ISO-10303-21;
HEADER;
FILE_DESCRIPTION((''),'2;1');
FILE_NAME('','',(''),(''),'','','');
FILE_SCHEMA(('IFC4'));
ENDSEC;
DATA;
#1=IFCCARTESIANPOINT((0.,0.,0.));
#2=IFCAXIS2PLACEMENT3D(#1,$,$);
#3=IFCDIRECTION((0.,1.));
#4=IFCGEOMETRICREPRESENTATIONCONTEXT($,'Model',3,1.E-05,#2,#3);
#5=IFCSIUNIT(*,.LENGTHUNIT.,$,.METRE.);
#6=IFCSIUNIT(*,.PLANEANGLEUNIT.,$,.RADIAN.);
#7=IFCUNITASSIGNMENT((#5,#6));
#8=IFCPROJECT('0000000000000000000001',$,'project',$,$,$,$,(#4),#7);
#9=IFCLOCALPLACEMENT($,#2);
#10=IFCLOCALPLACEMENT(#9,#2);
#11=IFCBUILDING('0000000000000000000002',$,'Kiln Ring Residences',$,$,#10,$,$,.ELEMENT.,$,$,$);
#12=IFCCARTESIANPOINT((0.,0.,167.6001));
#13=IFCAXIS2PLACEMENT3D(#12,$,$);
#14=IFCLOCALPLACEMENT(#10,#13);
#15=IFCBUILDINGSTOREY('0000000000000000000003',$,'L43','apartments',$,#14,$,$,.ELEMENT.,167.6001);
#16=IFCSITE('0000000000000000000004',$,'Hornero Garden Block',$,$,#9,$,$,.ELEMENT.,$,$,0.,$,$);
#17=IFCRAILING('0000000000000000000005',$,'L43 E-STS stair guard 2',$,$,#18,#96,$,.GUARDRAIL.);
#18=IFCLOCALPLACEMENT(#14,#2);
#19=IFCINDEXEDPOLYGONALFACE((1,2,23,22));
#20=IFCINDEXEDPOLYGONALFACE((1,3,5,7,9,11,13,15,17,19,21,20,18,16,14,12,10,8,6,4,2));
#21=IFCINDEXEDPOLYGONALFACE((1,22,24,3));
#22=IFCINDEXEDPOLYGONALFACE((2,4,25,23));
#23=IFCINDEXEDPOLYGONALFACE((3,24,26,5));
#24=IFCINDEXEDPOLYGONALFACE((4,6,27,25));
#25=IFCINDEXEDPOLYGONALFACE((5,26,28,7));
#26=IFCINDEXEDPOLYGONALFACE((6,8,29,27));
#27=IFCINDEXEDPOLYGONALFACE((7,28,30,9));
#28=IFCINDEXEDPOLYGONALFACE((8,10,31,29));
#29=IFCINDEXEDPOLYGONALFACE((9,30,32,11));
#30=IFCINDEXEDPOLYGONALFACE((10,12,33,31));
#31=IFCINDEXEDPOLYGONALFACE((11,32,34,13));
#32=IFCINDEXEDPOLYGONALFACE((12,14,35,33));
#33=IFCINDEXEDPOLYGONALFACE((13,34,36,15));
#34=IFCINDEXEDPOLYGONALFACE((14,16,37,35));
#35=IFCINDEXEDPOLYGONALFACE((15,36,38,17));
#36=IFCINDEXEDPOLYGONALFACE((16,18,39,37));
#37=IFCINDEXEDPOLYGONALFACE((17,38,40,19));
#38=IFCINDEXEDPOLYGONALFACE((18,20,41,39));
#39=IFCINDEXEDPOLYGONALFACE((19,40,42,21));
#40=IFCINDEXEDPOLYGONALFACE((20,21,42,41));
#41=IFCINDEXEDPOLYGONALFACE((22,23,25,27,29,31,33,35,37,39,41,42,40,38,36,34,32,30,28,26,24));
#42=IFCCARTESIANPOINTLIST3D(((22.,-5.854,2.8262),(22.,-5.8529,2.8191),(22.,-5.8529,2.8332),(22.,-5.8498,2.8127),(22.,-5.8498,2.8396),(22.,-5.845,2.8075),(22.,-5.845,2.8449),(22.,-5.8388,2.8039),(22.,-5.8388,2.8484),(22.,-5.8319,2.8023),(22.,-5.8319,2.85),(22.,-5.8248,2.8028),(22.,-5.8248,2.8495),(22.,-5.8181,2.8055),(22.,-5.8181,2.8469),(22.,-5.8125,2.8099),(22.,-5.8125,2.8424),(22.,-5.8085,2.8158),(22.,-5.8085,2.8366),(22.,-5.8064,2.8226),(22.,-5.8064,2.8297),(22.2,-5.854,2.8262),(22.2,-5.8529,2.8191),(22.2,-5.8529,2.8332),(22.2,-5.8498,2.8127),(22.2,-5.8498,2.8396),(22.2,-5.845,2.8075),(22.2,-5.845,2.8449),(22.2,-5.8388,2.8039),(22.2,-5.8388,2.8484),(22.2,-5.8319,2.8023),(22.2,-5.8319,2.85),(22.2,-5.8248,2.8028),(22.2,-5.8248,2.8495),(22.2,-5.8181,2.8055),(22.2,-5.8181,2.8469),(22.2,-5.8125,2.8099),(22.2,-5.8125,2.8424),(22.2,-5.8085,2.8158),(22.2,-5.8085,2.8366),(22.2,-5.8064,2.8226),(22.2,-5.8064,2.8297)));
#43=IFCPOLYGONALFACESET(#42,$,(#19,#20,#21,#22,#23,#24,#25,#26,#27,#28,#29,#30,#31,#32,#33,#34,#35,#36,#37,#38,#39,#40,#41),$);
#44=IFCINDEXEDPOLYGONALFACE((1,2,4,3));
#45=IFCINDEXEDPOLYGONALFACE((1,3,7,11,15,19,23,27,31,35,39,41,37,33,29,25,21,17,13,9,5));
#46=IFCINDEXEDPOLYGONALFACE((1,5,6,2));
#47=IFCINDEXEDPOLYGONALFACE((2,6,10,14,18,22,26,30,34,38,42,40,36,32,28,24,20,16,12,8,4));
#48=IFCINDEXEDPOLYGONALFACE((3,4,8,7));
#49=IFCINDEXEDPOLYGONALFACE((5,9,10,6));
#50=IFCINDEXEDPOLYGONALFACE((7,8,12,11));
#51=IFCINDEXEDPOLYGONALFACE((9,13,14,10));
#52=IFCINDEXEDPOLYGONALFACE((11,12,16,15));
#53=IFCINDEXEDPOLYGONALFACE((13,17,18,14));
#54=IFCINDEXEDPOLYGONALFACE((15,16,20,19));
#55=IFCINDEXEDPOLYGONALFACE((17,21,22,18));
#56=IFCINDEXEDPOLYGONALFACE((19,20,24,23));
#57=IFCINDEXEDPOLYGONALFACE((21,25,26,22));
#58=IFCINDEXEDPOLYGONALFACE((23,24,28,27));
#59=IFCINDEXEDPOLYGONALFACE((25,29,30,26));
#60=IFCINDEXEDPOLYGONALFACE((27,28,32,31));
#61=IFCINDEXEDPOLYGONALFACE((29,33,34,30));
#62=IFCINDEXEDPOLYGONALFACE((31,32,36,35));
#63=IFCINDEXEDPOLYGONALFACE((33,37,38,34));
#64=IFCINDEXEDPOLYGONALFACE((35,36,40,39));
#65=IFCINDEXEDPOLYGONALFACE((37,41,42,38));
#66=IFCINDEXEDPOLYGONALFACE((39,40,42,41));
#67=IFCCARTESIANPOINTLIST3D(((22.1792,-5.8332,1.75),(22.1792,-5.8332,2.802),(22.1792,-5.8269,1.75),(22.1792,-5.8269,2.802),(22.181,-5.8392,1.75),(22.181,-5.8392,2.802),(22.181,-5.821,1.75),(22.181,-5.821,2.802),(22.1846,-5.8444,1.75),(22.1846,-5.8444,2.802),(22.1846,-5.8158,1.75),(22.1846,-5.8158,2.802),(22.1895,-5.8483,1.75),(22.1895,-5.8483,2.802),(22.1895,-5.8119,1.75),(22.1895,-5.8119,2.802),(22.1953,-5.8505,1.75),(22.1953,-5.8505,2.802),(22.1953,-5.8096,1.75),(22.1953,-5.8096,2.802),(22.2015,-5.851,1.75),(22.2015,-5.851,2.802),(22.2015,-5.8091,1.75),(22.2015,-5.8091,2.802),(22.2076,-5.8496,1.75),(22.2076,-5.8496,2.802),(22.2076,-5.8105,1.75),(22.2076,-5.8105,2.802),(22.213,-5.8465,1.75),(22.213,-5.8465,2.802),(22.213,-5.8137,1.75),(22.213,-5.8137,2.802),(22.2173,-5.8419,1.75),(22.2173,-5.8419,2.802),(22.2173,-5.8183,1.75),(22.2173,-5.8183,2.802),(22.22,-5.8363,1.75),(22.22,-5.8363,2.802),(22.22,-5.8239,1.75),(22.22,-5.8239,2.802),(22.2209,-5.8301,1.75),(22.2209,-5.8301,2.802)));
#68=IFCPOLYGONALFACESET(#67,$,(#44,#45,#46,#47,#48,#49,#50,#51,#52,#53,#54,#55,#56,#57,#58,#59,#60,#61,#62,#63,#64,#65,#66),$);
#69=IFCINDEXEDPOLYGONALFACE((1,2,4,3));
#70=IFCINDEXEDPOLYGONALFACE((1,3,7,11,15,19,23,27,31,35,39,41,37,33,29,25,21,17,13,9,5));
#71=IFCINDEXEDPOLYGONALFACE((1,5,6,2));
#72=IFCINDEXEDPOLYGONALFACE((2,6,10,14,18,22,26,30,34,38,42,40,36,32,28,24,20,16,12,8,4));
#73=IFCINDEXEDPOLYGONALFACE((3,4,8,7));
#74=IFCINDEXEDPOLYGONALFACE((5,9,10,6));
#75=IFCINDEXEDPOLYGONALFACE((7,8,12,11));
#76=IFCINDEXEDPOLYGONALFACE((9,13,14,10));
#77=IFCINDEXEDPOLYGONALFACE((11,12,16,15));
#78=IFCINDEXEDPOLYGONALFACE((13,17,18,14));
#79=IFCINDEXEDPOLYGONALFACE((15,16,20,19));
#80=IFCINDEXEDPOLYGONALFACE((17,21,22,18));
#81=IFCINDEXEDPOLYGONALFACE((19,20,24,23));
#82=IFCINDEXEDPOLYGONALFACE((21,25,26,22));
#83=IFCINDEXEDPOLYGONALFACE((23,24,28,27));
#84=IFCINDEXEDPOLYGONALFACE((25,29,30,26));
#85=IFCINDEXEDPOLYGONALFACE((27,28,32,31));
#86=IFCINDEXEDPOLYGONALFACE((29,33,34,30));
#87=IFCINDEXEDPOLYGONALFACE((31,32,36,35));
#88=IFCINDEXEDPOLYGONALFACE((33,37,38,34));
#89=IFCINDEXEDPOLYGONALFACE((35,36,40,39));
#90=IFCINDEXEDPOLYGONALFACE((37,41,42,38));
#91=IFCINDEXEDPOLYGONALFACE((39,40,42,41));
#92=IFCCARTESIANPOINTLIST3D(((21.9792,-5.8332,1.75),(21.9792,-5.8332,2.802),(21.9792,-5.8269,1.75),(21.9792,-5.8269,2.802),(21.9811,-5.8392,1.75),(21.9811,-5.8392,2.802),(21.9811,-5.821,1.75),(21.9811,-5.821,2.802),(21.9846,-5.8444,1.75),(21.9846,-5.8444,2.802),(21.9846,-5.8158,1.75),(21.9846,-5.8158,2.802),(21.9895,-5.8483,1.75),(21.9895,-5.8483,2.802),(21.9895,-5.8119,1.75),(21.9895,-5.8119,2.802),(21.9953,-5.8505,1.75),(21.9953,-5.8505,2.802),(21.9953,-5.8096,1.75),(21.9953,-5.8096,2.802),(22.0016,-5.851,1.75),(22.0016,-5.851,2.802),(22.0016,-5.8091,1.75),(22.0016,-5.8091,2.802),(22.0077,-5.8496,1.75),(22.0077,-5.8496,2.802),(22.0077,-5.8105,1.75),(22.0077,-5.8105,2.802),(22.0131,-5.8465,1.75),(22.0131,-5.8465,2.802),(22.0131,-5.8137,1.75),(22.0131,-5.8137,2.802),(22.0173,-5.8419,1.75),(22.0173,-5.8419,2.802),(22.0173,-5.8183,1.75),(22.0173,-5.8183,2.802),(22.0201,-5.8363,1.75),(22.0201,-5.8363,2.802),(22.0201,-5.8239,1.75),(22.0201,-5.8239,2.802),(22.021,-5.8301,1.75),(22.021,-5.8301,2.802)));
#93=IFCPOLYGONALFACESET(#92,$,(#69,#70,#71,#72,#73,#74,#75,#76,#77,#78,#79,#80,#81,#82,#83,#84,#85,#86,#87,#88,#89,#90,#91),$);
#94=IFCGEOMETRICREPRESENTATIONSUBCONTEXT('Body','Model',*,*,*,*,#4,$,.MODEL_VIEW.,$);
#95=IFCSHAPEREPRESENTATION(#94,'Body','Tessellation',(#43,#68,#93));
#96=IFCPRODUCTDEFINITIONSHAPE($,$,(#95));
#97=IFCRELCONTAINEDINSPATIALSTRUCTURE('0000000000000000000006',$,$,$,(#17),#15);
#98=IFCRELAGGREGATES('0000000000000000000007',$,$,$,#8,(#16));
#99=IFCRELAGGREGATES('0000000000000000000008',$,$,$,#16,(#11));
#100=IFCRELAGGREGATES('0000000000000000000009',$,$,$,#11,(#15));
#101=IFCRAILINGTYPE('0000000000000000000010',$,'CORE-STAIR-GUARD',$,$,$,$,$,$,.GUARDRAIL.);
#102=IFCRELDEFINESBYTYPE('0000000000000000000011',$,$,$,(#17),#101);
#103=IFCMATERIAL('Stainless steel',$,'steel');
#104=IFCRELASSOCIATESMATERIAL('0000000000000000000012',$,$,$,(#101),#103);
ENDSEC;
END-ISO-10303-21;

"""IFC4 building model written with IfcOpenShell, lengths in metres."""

from ifc_helpers import new_model, si_unit, direction, frame, origin, origin_2d, place, context, subcontext, project, spatial, circle, extrude, material, type_object, element, save


model = new_model("IFC4")

# Units and contexts
model_context = context("Model", 3, precision=1e-05, world=origin(), true_north=direction((0.0, 1.0)))
body_context = subcontext(model_context, "Body", "Model", "MODEL_VIEW")
ifc_project = project(units=[si_unit("LENGTHUNIT", "METRE"), si_unit("PLANEANGLEUNIT", "RADIAN")], contexts=[model_context])

# Site, building, storey
site_placement = place(None, origin())
site = spatial("IfcSite", under=ifc_project, at=site_placement, Name="Hornero Garden Block", CompositionType="ELEMENT", RefElevation=0.0)
building_placement = place(site_placement, origin())
building = spatial("IfcBuilding", under=site, at=building_placement, Name="Kiln Ring Residences", CompositionType="ELEMENT")
storey_placement = place(building_placement, frame((0.0, 0.0, 167.6001)))
storey = spatial("IfcBuildingStorey", under=building, at=storey_placement, Name="L43", Description="apartments", CompositionType="ELEMENT", Elevation=167.6001)

# Railing
ifc_material_1 = material(Name="Stainless steel", Category="steel")
railing_type_1 = type_object("IfcRailingType", Name="CORE-STAIR-GUARD", PredefinedType="GUARDRAIL", material=ifc_material_1)
railing_1_placement = place(storey_placement, frame((22.2, -5.8301, 1.75)))
element("IfcRailing", 1, at=railing_1_placement, inside=storey, type_object=railing_type_1, Name="L43 E-STS stair guard 2", PredefinedType="GUARDRAIL", context=body_context, shape_type="SweptSolid", body=[
    extrude(circle(Radius=0.0239, at=origin_2d()), frame((0.0, 0.0, 1.0762), z_axis=(-1.0, 0.0, 0.0), x_axis=(0.0, -1.0, 0.0)), (0.0, 0.0, 1.0), 0.2),
    extrude(circle(Radius=0.021, at=origin_2d()), origin(), (0.0, 0.0, 1.0), 1.052),
    extrude(circle(Radius=0.021, at=origin_2d()), frame((-0.2, 0.0, 0.0)), (0.0, 0.0, 1.0), 1.052),
])

save(model, "model.ifc")
